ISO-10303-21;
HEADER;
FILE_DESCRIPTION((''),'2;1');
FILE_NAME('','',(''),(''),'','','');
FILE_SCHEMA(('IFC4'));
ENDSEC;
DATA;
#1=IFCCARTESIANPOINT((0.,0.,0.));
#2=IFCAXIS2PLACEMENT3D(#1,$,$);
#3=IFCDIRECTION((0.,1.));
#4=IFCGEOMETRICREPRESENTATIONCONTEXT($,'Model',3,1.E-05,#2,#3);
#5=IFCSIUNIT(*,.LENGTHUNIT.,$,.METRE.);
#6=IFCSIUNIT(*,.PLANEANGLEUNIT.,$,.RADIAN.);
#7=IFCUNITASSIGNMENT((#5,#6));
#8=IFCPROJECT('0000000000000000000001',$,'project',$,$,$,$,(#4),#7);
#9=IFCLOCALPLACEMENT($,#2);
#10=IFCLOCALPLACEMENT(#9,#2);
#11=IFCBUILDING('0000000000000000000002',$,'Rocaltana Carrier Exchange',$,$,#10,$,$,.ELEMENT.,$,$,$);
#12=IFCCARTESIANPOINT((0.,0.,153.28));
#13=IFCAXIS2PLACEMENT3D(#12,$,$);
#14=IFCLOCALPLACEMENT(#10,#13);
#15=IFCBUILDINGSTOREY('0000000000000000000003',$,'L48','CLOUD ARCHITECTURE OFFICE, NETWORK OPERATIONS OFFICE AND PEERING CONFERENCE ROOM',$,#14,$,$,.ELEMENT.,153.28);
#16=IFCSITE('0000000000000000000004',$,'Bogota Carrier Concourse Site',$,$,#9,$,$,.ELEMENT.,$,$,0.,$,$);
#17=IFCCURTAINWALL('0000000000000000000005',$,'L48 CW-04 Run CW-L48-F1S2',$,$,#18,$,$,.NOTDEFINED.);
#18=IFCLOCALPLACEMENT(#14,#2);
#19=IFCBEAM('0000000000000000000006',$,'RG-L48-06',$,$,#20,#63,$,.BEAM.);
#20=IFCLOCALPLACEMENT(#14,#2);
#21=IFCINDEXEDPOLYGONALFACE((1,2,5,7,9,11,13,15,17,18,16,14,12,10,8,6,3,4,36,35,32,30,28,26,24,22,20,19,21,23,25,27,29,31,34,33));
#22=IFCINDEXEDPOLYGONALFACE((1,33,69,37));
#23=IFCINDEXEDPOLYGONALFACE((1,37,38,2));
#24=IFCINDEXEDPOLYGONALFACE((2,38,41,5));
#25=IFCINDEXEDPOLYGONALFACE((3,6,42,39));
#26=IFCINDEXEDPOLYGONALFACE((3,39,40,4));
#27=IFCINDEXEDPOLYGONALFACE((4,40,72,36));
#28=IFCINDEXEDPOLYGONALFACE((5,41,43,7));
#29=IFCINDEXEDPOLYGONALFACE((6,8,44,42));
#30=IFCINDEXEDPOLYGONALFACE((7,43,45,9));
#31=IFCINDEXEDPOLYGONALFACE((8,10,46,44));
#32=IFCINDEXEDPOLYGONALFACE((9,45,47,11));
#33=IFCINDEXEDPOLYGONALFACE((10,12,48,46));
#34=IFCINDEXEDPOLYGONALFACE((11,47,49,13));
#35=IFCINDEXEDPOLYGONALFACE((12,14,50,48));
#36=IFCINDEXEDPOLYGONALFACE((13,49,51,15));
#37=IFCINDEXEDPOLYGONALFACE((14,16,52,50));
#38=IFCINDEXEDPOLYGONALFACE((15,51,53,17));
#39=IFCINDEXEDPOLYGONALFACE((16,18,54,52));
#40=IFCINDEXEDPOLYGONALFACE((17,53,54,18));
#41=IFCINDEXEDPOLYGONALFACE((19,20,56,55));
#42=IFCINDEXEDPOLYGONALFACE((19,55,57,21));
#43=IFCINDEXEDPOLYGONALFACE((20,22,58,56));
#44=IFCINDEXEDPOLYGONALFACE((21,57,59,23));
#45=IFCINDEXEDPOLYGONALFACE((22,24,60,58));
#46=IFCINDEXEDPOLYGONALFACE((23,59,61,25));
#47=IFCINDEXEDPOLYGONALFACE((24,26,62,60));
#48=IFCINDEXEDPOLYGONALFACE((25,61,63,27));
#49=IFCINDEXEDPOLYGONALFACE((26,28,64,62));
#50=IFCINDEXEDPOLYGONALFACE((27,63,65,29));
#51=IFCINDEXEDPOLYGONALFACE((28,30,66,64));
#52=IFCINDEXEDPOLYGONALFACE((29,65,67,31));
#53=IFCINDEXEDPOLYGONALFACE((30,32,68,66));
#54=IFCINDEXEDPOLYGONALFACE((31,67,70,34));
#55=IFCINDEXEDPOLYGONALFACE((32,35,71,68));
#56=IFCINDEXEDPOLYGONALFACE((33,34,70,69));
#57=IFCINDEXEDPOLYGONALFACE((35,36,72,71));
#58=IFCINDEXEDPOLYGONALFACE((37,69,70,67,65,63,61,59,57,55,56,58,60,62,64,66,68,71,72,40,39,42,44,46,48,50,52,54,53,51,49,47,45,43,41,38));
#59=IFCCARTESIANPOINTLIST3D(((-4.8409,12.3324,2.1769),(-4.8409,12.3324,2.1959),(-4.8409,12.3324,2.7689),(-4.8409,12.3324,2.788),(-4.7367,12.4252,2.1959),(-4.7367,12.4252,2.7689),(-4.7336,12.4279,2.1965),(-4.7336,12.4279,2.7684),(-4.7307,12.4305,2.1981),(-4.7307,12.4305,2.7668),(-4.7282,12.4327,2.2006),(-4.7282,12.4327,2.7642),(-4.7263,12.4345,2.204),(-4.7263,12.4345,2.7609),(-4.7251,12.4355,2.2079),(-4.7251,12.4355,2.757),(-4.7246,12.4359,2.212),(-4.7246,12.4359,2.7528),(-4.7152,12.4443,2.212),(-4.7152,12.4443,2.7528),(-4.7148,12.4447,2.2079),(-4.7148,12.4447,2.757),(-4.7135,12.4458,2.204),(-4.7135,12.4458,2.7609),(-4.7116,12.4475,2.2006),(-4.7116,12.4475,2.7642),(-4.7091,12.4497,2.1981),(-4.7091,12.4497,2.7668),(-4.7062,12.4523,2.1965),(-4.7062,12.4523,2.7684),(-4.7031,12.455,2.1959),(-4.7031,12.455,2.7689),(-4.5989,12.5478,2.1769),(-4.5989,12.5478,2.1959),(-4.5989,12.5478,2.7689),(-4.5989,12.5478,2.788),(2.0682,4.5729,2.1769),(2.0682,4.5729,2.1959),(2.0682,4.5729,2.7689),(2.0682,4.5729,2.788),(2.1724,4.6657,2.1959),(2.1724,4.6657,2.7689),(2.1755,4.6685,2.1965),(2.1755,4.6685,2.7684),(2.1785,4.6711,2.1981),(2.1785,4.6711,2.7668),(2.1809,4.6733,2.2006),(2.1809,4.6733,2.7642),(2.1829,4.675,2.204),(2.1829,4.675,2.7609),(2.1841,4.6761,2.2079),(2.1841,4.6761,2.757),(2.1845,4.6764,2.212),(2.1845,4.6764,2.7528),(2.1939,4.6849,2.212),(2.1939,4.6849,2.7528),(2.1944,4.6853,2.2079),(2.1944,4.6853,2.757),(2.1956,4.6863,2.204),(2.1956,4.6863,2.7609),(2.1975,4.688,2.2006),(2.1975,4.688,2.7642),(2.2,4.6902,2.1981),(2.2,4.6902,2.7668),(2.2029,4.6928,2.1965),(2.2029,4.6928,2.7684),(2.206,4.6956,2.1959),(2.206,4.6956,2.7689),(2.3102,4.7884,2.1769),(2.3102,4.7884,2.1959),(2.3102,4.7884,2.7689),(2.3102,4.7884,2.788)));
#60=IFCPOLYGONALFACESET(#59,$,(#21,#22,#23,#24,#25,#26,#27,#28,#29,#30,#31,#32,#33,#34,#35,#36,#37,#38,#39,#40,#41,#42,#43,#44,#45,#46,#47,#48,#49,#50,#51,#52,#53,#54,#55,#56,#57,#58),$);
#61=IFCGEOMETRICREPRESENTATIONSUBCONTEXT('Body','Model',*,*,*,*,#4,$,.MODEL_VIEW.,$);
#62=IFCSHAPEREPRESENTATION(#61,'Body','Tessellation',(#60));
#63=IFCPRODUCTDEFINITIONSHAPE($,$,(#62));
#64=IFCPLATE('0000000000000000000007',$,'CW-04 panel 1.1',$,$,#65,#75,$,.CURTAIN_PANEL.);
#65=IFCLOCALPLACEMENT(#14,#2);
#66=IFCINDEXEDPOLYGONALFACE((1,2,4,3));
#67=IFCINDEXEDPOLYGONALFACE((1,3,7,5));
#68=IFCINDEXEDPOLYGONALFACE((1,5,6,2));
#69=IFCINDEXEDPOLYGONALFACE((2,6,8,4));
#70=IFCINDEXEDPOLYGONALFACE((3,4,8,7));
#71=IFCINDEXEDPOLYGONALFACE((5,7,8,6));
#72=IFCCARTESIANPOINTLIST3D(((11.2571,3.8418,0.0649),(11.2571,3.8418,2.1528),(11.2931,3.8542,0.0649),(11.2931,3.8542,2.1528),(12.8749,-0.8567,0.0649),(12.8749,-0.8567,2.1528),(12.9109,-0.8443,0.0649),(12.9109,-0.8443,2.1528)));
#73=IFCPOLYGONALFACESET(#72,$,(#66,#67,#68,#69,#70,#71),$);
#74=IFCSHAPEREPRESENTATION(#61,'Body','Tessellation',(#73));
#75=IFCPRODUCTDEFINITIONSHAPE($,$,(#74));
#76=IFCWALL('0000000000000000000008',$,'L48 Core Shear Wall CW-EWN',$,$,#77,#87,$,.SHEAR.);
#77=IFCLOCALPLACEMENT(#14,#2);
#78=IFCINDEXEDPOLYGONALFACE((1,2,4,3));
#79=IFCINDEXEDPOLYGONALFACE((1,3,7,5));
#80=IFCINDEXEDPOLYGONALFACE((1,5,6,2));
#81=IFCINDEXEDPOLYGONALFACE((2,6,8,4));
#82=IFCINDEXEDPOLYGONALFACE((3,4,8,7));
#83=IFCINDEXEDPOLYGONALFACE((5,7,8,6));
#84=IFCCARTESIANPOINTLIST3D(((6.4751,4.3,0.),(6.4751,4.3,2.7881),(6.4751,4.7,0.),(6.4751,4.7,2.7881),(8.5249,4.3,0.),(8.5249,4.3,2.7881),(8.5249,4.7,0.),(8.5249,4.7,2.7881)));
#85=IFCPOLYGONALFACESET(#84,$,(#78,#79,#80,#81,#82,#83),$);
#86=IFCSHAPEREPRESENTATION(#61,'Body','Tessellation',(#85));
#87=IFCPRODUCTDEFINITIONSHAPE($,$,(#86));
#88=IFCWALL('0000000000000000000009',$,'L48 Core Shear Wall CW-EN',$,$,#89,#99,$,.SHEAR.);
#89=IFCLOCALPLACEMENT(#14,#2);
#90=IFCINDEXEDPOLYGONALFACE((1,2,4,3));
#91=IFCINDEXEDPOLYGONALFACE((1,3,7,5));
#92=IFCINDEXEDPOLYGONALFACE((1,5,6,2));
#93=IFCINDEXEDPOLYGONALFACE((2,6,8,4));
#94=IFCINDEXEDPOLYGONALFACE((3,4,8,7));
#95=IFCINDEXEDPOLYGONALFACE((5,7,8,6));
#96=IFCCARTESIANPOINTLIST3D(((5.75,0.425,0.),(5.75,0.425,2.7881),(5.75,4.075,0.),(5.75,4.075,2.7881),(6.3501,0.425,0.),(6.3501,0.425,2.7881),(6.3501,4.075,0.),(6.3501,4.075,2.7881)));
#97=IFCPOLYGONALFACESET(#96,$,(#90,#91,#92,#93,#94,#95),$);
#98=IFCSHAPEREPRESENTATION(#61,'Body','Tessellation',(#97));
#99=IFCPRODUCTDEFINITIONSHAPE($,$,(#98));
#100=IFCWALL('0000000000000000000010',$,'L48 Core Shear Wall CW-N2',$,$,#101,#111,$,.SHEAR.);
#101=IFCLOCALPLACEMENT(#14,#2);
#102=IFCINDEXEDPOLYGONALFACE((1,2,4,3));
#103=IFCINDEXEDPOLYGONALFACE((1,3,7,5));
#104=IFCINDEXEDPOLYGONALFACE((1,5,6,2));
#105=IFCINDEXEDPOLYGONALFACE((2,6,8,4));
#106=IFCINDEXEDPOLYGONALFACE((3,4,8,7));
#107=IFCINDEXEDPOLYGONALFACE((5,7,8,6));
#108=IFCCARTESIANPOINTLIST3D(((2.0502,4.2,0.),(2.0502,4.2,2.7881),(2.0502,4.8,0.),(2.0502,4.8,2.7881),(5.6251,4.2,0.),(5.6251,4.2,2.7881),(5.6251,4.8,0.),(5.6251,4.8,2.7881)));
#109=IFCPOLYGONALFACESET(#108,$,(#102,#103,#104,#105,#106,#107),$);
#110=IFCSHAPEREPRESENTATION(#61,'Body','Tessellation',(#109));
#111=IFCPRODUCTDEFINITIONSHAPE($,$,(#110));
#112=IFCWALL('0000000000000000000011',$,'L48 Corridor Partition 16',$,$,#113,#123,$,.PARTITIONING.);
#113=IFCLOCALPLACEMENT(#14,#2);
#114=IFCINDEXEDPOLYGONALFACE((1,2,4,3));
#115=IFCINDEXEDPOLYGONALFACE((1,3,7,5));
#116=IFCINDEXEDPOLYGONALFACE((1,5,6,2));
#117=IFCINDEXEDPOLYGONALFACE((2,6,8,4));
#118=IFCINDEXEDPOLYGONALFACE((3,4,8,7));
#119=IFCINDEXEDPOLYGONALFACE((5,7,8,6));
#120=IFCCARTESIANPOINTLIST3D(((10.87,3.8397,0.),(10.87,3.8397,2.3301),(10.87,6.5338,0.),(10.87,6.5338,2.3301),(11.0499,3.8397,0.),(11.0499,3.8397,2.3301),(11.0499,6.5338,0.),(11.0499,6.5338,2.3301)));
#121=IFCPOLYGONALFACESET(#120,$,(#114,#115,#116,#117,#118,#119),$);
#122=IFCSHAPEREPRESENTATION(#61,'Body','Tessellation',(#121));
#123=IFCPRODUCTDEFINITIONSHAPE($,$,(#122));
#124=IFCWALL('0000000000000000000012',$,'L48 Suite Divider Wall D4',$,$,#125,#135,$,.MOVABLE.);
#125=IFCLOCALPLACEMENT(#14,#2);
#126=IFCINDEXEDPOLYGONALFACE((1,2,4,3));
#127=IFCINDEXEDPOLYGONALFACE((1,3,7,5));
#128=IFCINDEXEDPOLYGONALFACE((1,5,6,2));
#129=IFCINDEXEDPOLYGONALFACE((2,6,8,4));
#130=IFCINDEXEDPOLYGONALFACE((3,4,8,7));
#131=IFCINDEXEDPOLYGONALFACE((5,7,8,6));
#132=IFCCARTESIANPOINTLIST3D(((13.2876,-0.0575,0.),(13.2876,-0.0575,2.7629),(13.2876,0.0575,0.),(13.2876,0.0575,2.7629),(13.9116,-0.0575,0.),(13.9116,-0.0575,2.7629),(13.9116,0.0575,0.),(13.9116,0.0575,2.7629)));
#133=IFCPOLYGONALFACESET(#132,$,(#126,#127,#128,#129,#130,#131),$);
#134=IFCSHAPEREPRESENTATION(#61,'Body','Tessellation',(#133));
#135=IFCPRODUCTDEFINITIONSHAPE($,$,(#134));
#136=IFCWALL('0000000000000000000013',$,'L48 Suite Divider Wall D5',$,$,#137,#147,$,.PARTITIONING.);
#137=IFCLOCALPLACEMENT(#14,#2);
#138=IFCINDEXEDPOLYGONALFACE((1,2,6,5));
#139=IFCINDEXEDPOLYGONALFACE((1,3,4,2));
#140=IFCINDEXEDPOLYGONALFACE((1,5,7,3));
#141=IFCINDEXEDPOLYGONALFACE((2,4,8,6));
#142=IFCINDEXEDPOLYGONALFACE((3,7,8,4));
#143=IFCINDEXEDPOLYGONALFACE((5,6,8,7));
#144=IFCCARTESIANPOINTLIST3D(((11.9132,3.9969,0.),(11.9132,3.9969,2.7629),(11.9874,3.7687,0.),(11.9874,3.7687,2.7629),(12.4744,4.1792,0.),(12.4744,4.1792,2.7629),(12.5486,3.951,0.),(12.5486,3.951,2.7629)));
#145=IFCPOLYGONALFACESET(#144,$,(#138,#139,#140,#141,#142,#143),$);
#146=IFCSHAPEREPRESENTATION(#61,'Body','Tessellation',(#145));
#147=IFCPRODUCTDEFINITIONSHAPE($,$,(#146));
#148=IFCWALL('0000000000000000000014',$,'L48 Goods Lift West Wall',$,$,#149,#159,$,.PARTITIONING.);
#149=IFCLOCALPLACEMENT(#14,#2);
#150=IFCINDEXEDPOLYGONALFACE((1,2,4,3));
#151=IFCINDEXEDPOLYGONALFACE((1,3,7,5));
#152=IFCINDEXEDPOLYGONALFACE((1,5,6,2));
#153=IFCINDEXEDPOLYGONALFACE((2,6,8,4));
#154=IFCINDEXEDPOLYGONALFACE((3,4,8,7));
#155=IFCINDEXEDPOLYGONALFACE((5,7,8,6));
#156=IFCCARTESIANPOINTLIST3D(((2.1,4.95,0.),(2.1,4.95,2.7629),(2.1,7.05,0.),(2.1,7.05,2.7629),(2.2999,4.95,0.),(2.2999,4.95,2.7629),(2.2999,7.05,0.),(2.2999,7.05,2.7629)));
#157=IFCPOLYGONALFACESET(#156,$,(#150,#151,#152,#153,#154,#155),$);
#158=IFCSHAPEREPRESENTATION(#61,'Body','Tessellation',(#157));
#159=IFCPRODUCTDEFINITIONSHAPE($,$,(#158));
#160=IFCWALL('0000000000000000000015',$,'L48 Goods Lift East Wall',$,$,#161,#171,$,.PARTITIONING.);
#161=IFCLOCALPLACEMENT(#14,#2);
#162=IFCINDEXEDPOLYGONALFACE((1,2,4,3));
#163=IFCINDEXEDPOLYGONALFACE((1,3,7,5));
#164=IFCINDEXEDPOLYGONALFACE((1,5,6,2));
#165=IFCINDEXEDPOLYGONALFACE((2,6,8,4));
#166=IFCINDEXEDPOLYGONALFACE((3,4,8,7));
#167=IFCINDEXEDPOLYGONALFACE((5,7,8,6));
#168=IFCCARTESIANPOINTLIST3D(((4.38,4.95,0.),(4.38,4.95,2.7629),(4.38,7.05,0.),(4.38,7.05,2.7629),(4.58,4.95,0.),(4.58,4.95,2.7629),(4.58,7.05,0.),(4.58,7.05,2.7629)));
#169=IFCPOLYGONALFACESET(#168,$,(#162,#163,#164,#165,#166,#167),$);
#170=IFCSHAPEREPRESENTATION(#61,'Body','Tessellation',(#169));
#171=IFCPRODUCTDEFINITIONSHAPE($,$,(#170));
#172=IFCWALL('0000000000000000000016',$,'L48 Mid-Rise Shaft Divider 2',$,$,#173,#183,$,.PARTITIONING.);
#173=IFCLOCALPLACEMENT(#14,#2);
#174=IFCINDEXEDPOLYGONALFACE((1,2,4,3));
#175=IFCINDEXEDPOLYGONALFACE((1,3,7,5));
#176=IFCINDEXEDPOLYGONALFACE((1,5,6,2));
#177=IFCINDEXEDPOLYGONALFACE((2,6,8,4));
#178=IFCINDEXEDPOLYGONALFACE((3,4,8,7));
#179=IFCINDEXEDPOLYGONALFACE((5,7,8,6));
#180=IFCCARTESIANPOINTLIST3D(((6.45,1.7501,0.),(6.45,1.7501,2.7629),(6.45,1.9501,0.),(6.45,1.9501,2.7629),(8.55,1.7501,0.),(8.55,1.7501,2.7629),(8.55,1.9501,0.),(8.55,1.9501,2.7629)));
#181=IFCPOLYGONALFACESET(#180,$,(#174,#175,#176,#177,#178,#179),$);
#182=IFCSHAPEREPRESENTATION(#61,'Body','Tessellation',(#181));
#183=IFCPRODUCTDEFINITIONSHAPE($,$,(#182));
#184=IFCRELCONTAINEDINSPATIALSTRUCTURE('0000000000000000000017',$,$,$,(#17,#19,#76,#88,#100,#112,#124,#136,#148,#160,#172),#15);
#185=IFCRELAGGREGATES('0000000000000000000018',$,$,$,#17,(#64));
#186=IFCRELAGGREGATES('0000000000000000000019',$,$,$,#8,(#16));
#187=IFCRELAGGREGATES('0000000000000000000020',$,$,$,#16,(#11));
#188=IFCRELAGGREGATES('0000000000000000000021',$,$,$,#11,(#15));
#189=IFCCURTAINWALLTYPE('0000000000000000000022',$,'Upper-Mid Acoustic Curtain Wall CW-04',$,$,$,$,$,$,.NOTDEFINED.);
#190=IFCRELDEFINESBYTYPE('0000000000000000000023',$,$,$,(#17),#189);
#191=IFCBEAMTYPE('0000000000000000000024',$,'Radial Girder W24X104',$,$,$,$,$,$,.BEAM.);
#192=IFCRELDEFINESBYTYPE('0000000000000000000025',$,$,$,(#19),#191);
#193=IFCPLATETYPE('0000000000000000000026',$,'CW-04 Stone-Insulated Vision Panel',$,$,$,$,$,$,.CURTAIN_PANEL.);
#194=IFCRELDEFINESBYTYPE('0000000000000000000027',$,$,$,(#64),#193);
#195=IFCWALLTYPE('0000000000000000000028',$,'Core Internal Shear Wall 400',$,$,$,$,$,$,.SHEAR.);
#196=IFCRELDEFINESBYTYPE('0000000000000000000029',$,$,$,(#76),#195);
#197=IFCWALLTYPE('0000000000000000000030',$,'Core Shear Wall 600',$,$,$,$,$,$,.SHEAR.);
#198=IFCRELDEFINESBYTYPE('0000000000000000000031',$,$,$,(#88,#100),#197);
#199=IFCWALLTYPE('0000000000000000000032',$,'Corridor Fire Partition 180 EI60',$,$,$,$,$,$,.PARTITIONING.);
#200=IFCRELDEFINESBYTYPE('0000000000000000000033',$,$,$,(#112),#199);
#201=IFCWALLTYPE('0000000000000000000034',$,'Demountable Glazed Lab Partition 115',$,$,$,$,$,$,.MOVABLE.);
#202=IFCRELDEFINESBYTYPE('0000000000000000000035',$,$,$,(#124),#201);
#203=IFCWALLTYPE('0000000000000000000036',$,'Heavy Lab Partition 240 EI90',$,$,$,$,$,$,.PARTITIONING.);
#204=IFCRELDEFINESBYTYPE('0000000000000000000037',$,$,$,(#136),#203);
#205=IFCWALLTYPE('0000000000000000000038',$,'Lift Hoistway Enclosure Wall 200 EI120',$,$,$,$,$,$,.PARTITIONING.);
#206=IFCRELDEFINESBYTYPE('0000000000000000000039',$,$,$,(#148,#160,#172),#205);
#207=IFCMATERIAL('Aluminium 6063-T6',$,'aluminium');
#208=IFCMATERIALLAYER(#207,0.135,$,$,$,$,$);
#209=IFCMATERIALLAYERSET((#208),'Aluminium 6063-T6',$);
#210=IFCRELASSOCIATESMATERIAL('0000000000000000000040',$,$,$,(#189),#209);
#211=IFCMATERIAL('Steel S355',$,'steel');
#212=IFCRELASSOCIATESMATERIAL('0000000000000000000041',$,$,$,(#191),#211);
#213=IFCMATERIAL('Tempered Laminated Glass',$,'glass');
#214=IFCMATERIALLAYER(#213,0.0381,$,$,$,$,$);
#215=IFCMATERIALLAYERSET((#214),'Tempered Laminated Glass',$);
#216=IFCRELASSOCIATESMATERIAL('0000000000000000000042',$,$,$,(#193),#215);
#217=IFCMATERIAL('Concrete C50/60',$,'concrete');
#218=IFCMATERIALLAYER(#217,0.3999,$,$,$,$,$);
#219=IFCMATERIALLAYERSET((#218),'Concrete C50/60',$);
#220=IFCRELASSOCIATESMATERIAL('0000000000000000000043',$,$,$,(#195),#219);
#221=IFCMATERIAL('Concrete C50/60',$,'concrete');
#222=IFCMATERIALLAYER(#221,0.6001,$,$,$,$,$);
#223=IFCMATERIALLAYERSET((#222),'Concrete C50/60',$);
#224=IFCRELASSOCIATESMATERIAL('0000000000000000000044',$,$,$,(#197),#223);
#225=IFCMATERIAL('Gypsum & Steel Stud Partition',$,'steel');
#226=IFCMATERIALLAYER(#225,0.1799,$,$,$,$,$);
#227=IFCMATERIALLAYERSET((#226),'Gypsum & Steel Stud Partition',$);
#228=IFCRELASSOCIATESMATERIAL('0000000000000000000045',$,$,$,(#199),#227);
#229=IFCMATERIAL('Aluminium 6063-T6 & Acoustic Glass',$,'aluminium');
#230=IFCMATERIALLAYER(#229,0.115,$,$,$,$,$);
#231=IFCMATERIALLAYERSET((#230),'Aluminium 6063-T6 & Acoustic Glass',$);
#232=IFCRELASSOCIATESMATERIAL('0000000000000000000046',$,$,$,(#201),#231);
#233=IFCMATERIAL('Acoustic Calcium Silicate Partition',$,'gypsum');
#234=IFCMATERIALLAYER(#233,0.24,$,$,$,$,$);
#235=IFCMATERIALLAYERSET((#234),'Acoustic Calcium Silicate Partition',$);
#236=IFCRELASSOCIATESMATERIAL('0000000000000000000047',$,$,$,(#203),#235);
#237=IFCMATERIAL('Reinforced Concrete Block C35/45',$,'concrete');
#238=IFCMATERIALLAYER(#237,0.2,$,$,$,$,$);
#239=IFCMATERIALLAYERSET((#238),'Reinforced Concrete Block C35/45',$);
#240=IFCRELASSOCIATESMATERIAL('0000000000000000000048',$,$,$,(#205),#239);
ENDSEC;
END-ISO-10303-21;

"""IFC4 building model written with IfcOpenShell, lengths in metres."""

from ifc_helpers import new_model, si_unit, direction, frame, frame_2d, origin, origin_2d, place, context, subcontext, project, spatial, rectangle, i_section, extrude, material, layer, layer_set, material_profile, profile_set, type_object, element, aggregate, save


model = new_model("IFC4")

# Units and contexts
model_context = context("Model", 3, precision=1e-05, world=origin(), true_north=direction((0.0, 1.0)))
body_context = subcontext(model_context, "Body", "Model", "MODEL_VIEW")
ifc_project = project(units=[si_unit("LENGTHUNIT", "METRE"), si_unit("PLANEANGLEUNIT", "RADIAN")], contexts=[model_context])

# Site, building, storey
site_placement = place(None, origin())
site = spatial("IfcSite", under=ifc_project, at=site_placement, Name="Bogota Carrier Concourse Site", CompositionType="ELEMENT", RefElevation=0.0)
building_placement = place(site_placement, origin())
building = spatial("IfcBuilding", under=site, at=building_placement, Name="Rocaltana Carrier Exchange", CompositionType="ELEMENT")
storey_placement = place(building_placement, frame((0.0, 0.0, 153.28)))
storey = spatial("IfcBuildingStorey", under=building, at=storey_placement, Name="L48", Description="CLOUD ARCHITECTURE OFFICE, NETWORK OPERATIONS OFFICE AND PEERING CONFERENCE ROOM", CompositionType="ELEMENT", Elevation=153.28)

# Curtain wall
ifc_material_1 = material(Name="Aluminium 6063-T6", Category="aluminium")
ifc_layer_1 = layer(ifc_material_1, 0.135)
ifc_layer_set_1 = layer_set([ifc_layer_1], Name="Aluminium 6063-T6")
curtain_wall_type = type_object("IfcCurtainWallType", Name="Upper-Mid Acoustic Curtain Wall CW-04", PredefinedType="NOTDEFINED", material=ifc_layer_set_1)
curtain_wall_placement = place(storey_placement, origin())
curtain_wall = element("IfcCurtainWall", 1, at=curtain_wall_placement, inside=storey, type_object=curtain_wall_type, Name="L48 CW-04 Run CW-L48-F1S2", PredefinedType="NOTDEFINED")

# Beam
ifc_material_2 = material(Name="Steel S355", Category="steel")
ifc_material_profile_1 = material_profile(ifc_material_2, i_section(OverallWidth=0.324, OverallDepth=0.6111, WebThickness=0.0127, FlangeThickness=0.019, FilletRadius=0.0161, at=origin_2d()), Name="W24X104")
ifc_profile_set_1 = profile_set([ifc_material_profile_1], Name="Steel S355")
beam_type_1 = type_object("IfcBeamType", Name="Radial Girder W24X104", PredefinedType="BEAM", material=ifc_profile_set_1)
beam_1_placement = place(storey_placement, frame((2.1892, 4.6807, 2.4824), z_axis=(-0.665, 0.746844, 0.0), x_axis=(-0.746844, -0.665, 0.0)))
element("IfcBeam", 2, at=beam_1_placement, inside=storey, type_object=beam_type_1, Name="RG-L48-06", PredefinedType="BEAM", context=body_context, shape_type="SweptSolid", body=[
    extrude(i_section(OverallWidth=0.324, OverallDepth=0.6111, WebThickness=0.0127, FlangeThickness=0.019, FilletRadius=0.0161, at=origin_2d()), origin(), (0.0, 0.0, 1.0), 10.3896),
])

# Plate
ifc_material_3 = material(Name="Tempered Laminated Glass", Category="glass")
ifc_layer_2 = layer(ifc_material_3, 0.0381)
ifc_layer_set_2 = layer_set([ifc_layer_2], Name="Tempered Laminated Glass")
plate_type = type_object("IfcPlateType", Name="CW-04 Stone-Insulated Vision Panel", PredefinedType="CURTAIN_PANEL", material=ifc_layer_set_2)
plate_placement = place(storey_placement, frame((12.084, 1.4988, 0.0649), z_axis=(0.0, 0.0, 1.0), x_axis=(-0.325562, 0.945521, 0.0)))
plate = element("IfcPlate", 3, at=plate_placement, type_object=plate_type, Name="CW-04 panel 1.1", PredefinedType="CURTAIN_PANEL", context=body_context, shape_type="SweptSolid", body=[
    extrude(rectangle(XDim=4.9692, YDim=0.0381, at=origin_2d()), origin(), (0.0, 0.0, 1.0), 2.0879),
])
aggregate(curtain_wall, [plate])

# Walls
ifc_material_4 = material(Name="Concrete C50/60", Category="concrete")
ifc_layer_3 = layer(ifc_material_4, 0.3999)
ifc_layer_set_3 = layer_set([ifc_layer_3], Name="Concrete C50/60")
wall_type_1 = type_object("IfcWallType", Name="Core Internal Shear Wall 400", PredefinedType="SHEAR", material=ifc_layer_set_3)
wall_1_placement = place(storey_placement, frame((6.4751, 4.5, 0.0), z_axis=(0.0, 0.0, 1.0), x_axis=(1.0, 0.0, 0.0)))
element("IfcWall", 4, at=wall_1_placement, inside=storey, type_object=wall_type_1, Name="L48 Core Shear Wall CW-EWN", PredefinedType="SHEAR", context=body_context, shape_type="SweptSolid", body=[
    extrude(rectangle(XDim=2.0498, YDim=0.3999, at=frame_2d((1.0249, 0.0))), origin(), (0.0, 0.0, 1.0), 2.7881),
])
ifc_material_5 = material(Name="Concrete C50/60", Category="concrete")
ifc_layer_4 = layer(ifc_material_5, 0.6001)
ifc_layer_set_4 = layer_set([ifc_layer_4], Name="Concrete C50/60")
wall_type_2 = type_object("IfcWallType", Name="Core Shear Wall 600", PredefinedType="SHEAR", material=ifc_layer_set_4)
wall_2_placement = place(storey_placement, frame((6.05, 0.425, 0.0), z_axis=(0.0, 0.0, 1.0), x_axis=(0.0, 1.0, 0.0)))
element("IfcWall", 5, at=wall_2_placement, inside=storey, type_object=wall_type_2, Name="L48 Core Shear Wall CW-EN", PredefinedType="SHEAR", context=body_context, shape_type="SweptSolid", body=[
    extrude(rectangle(XDim=3.6499, YDim=0.6001, at=frame_2d((1.825, 0.0))), origin(), (0.0, 0.0, 1.0), 2.7881),
])
wall_3_placement = place(storey_placement, frame((2.05, 4.5, 0.0), z_axis=(0.0, 0.0, 1.0), x_axis=(1.0, 0.0, 0.0)))
element("IfcWall", 6, at=wall_3_placement, inside=storey, type_object=wall_type_2, Name="L48 Core Shear Wall CW-N2", PredefinedType="SHEAR", context=body_context, shape_type="SweptSolid", body=[
    extrude(rectangle(XDim=3.575, YDim=0.6001, at=frame_2d((1.7876, 0.0))), origin(), (0.0, 0.0, 1.0), 2.7881),
])
ifc_material_6 = material(Name="Gypsum & Steel Stud Partition", Category="steel")
ifc_layer_5 = layer(ifc_material_6, 0.1799)
ifc_layer_set_5 = layer_set([ifc_layer_5], Name="Gypsum & Steel Stud Partition")
wall_type_3 = type_object("IfcWallType", Name="Corridor Fire Partition 180 EI60", PredefinedType="PARTITIONING", material=ifc_layer_set_5)
wall_4_placement = place(storey_placement, frame((10.96, 3.8396, 0.0), z_axis=(0.0, 0.0, 1.0), x_axis=(0.0, 1.0, 0.0)))
element("IfcWall", 7, at=wall_4_placement, inside=storey, type_object=wall_type_3, Name="L48 Corridor Partition 16", PredefinedType="PARTITIONING", context=body_context, shape_type="SweptSolid", body=[
    extrude(rectangle(XDim=2.6941, YDim=0.1799, at=frame_2d((1.3472, 0.0))), origin(), (0.0, 0.0, 1.0), 2.3301),
])
ifc_material_7 = material(Name="Aluminium 6063-T6 & Acoustic Glass", Category="aluminium")
ifc_layer_6 = layer(ifc_material_7, 0.115)
ifc_layer_set_6 = layer_set([ifc_layer_6], Name="Aluminium 6063-T6 & Acoustic Glass")
wall_type_4 = type_object("IfcWallType", Name="Demountable Glazed Lab Partition 115", PredefinedType="MOVABLE", material=ifc_layer_set_6)
wall_5_placement = place(storey_placement, frame((13.2876, 0.0, 0.0), z_axis=(0.0, 0.0, 1.0), x_axis=(1.0, 0.0, 0.0)))
element("IfcWall", 8, at=wall_5_placement, inside=storey, type_object=wall_type_4, Name="L48 Suite Divider Wall D4", PredefinedType="MOVABLE", context=body_context, shape_type="SweptSolid", body=[
    extrude(rectangle(XDim=0.624, YDim=0.115, at=frame_2d((0.312, 0.0))), origin(), (0.0, 0.0, 1.0), 2.7629),
])
ifc_material_8 = material(Name="Acoustic Calcium Silicate Partition", Category="gypsum")
ifc_layer_7 = layer(ifc_material_8, 0.24)
ifc_layer_set_7 = layer_set([ifc_layer_7], Name="Acoustic Calcium Silicate Partition")
wall_type_5 = type_object("IfcWallType", Name="Heavy Lab Partition 240 EI90", PredefinedType="PARTITIONING", material=ifc_layer_set_7)
wall_6_placement = place(storey_placement, frame((11.9504, 3.8828, 0.0), z_axis=(0.0, 0.0, 1.0), x_axis=(0.951055, 0.309021, 0.0)))
element("IfcWall", 9, at=wall_6_placement, inside=storey, type_object=wall_type_5, Name="L48 Suite Divider Wall D5", PredefinedType="PARTITIONING", context=body_context, shape_type="SweptSolid", body=[
    extrude(rectangle(XDim=0.5901, YDim=0.24, at=frame_2d((0.2949, 0.0))), origin(), (0.0, 0.0, 1.0), 2.7629),
])
ifc_material_9 = material(Name="Reinforced Concrete Block C35/45", Category="concrete")
ifc_layer_8 = layer(ifc_material_9, 0.2)
ifc_layer_set_8 = layer_set([ifc_layer_8], Name="Reinforced Concrete Block C35/45")
wall_type_6 = type_object("IfcWallType", Name="Lift Hoistway Enclosure Wall 200 EI120", PredefinedType="PARTITIONING", material=ifc_layer_set_8)
for number, where, z_axis, x_axis, name in (
    (10, (2.2, 4.95, 0.0), (0.0, 0.0, 1.0), (0.0, 1.0, 0.0), "L48 Goods Lift West Wall"),
    (11, (4.48, 4.95, 0.0), (0.0, 0.0, 1.0), (0.0, 1.0, 0.0), "L48 Goods Lift East Wall"),
    (12, (6.45, 1.8501, 0.0), (0.0, 0.0, 1.0), (1.0, 0.0, 0.0), "L48 Mid-Rise Shaft Divider 2"),
):
    element("IfcWall", number, at=place(storey_placement, frame(where, z_axis=z_axis, x_axis=x_axis)), inside=storey, type_object=wall_type_6, Name=name, PredefinedType="PARTITIONING", context=body_context, shape_type="SweptSolid", body=[
        extrude(rectangle(XDim=2.1001, YDim=0.2, at=frame_2d((1.05, 0.0))), origin(), (0.0, 0.0, 1.0), 2.7629),
    ])

save(model, "model.ifc")
